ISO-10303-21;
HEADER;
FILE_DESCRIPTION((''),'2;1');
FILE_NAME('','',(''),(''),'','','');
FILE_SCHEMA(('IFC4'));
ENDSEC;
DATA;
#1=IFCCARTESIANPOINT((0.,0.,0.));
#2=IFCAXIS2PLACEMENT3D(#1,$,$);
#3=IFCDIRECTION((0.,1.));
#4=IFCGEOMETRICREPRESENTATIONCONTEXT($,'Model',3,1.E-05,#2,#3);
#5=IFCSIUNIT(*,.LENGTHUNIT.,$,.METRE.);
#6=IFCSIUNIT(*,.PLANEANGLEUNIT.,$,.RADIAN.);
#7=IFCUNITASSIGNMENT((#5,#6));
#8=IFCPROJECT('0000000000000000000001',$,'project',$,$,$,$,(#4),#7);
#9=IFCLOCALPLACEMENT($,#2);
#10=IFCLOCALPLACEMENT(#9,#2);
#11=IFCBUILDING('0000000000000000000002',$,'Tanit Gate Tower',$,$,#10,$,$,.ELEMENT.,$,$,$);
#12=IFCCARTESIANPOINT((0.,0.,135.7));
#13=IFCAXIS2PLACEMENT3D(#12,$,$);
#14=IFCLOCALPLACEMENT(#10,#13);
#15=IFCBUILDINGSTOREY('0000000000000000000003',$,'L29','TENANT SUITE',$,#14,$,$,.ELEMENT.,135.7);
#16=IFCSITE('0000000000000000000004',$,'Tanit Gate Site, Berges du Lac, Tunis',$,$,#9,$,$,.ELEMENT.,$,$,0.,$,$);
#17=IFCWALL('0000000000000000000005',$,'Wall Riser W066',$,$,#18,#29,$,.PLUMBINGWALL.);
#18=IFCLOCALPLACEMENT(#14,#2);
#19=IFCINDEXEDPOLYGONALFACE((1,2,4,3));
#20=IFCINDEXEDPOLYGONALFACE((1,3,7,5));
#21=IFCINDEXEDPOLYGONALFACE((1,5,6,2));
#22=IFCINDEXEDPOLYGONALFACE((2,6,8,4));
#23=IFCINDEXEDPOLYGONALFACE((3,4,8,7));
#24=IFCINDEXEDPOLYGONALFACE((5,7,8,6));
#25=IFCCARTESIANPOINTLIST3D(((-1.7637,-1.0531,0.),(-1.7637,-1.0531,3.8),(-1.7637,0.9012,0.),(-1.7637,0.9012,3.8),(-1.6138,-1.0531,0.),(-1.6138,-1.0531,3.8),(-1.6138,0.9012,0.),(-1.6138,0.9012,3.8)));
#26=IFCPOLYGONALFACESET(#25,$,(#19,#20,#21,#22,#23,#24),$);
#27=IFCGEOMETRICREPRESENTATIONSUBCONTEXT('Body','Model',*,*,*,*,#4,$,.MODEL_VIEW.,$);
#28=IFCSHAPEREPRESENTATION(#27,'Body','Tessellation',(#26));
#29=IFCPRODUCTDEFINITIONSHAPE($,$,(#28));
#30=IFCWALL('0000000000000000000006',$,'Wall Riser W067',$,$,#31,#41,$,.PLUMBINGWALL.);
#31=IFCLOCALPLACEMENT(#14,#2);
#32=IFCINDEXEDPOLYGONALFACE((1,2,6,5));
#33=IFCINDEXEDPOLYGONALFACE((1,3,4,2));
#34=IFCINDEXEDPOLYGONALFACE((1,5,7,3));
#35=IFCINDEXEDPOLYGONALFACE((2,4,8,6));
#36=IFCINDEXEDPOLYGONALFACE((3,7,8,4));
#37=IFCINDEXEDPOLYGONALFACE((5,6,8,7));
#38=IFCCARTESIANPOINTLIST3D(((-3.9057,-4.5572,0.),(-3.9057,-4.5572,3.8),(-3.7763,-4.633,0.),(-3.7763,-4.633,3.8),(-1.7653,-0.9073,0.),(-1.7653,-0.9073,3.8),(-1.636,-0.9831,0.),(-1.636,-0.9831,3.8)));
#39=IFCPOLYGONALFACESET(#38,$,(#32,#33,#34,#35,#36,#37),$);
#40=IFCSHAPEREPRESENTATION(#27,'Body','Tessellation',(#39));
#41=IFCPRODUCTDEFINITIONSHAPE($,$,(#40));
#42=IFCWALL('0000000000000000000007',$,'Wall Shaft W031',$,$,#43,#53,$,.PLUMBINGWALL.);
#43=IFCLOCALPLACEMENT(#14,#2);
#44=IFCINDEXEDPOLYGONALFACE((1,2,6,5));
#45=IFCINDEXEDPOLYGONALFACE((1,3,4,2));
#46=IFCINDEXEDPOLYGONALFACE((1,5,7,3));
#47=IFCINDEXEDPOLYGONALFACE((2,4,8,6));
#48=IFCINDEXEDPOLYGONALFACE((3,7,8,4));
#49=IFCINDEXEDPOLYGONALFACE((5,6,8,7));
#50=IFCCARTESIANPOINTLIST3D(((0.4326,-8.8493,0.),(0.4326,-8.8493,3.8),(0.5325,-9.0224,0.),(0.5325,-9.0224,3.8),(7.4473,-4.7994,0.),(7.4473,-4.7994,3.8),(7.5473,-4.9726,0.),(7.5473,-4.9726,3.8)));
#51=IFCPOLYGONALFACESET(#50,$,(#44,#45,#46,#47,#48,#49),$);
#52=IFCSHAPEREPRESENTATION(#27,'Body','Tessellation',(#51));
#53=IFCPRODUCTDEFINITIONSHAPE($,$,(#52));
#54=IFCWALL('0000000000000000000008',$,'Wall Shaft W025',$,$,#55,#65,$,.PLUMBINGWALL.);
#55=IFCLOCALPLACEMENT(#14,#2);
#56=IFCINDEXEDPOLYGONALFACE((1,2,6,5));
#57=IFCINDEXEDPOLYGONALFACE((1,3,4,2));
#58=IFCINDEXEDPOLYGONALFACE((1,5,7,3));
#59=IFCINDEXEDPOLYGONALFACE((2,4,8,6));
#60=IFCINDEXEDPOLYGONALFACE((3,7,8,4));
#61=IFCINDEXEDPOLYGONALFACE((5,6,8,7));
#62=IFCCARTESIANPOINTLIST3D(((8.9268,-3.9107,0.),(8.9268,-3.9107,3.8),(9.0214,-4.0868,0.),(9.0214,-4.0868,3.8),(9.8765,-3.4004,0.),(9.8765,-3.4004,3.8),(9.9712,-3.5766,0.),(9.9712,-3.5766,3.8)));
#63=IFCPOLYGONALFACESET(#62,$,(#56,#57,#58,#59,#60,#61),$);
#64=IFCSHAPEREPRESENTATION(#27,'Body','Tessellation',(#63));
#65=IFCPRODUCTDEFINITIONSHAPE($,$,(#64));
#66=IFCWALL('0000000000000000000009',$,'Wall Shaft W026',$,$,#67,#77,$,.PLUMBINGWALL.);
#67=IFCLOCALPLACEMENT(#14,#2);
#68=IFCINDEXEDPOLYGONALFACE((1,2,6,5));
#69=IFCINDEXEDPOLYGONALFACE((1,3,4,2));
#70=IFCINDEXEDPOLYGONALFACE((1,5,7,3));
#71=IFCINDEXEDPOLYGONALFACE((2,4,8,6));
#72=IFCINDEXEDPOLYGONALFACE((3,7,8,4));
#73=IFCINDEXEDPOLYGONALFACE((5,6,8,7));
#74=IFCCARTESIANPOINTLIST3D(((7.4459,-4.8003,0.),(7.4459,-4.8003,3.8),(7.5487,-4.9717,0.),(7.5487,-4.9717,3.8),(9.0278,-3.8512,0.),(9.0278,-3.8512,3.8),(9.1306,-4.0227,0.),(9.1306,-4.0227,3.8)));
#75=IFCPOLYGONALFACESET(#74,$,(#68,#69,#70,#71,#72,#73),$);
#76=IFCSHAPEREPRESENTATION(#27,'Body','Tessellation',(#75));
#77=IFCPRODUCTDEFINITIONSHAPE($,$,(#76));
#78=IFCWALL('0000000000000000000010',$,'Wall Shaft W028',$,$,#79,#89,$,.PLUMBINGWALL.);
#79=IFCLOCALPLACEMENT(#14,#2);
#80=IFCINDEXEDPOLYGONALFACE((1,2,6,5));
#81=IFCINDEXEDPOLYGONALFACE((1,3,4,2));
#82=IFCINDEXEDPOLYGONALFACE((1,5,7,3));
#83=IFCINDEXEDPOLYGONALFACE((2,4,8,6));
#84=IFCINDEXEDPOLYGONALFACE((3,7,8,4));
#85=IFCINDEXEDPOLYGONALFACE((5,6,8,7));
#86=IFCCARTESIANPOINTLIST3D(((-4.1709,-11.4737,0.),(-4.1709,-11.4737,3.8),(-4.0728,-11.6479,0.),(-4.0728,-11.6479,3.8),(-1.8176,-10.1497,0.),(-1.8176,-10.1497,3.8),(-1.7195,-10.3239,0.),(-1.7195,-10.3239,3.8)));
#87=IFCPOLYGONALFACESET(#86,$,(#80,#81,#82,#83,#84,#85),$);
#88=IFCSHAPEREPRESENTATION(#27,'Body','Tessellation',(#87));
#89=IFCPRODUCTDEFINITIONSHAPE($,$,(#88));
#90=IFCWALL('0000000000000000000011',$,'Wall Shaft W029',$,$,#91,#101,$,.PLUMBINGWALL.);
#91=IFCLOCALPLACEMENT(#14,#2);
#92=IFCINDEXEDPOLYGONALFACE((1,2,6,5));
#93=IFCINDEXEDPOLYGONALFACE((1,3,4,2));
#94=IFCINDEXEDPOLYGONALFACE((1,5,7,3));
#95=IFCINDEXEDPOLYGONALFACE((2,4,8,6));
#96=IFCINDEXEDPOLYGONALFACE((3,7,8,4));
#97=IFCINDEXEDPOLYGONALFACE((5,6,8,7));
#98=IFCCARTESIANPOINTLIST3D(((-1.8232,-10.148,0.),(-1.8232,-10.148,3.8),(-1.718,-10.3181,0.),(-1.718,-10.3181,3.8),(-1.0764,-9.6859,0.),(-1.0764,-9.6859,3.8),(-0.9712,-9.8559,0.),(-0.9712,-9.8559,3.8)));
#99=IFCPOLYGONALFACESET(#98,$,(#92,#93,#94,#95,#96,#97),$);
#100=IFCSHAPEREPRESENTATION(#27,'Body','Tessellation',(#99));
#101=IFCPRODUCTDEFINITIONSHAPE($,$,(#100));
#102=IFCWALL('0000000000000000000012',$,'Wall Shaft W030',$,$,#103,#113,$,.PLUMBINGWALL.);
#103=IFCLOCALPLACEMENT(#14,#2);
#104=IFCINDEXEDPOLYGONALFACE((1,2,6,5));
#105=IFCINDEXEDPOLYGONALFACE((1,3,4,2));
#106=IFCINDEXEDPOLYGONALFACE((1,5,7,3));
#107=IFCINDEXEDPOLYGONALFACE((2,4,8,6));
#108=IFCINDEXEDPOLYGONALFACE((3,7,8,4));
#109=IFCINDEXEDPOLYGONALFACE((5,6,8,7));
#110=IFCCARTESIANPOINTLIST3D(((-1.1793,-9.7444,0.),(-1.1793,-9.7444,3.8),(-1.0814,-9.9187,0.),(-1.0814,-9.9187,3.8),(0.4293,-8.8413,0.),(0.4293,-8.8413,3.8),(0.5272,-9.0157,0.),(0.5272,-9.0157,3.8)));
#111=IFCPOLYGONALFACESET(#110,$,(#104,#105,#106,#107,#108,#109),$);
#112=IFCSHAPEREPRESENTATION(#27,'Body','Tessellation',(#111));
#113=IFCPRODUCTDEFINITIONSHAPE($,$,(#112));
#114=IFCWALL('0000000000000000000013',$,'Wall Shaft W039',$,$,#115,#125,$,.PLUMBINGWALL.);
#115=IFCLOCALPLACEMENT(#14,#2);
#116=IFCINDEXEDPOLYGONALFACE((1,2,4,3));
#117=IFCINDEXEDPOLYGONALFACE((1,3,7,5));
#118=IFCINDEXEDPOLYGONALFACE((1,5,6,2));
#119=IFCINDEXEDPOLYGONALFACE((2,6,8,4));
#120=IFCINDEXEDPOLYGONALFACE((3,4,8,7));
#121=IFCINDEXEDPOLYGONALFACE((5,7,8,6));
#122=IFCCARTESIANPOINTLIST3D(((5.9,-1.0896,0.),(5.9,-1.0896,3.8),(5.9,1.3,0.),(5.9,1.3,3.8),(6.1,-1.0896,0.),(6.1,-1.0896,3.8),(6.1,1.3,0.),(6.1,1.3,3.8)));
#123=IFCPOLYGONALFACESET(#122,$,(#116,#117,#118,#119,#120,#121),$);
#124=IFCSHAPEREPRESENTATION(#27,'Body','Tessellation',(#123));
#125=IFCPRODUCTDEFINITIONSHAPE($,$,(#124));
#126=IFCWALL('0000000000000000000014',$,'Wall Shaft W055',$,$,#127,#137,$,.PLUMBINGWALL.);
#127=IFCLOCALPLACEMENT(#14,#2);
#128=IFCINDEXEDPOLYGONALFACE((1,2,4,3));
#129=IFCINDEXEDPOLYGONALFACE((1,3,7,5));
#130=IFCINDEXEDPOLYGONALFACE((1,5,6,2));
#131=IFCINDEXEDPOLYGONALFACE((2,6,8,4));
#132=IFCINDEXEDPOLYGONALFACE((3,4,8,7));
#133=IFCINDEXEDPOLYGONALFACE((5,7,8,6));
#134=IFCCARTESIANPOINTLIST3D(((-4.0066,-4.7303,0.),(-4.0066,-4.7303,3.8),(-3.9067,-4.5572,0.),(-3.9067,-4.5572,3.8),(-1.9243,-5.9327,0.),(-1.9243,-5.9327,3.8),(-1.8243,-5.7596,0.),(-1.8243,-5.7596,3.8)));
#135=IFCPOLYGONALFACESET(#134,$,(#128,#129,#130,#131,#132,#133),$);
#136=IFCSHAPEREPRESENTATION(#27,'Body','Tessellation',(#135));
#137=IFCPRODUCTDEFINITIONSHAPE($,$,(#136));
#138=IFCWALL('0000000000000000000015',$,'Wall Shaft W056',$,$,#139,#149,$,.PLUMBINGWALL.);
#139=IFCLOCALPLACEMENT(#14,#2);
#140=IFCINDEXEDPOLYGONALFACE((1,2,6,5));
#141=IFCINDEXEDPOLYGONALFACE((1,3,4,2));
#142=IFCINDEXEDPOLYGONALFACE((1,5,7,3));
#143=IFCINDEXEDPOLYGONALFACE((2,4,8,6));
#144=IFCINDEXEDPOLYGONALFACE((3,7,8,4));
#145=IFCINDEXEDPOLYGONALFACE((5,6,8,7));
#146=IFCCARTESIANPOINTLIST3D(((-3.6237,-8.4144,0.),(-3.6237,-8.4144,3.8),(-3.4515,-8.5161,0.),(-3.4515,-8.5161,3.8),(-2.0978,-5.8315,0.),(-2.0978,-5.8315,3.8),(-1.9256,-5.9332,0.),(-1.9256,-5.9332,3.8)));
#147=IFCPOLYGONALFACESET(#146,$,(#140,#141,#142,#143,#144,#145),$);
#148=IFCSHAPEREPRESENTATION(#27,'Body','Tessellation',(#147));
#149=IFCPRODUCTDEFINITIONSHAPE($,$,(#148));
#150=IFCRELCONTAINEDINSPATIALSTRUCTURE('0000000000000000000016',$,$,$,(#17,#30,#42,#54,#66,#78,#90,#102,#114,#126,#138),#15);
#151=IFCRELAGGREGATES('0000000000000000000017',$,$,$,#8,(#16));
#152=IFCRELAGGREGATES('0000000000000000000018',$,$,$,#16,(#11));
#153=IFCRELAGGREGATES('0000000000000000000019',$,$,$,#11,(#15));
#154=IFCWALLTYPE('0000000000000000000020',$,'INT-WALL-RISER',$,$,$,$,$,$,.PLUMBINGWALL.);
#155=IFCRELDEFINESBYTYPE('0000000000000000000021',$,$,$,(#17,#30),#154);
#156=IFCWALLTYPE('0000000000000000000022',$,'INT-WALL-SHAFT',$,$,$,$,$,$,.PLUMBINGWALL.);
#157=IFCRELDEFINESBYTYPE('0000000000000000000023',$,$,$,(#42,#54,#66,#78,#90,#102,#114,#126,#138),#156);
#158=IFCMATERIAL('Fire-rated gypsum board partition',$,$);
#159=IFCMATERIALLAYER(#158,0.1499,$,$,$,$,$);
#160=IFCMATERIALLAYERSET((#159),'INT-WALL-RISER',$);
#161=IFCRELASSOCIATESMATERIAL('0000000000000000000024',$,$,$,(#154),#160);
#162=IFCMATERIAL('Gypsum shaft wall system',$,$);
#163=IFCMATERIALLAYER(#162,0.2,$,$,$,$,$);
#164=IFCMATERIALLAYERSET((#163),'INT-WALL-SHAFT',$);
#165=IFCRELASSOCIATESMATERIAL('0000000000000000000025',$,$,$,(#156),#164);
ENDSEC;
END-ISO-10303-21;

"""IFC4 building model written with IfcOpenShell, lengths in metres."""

from ifc_helpers import new_model, si_unit, direction, frame, frame_2d, origin, place, context, subcontext, project, spatial, rectangle, extrude, material, layer, layer_set, type_object, element, save


model = new_model("IFC4")

# Units and contexts
model_context = context("Model", 3, precision=1e-05, world=origin(), true_north=direction((0.0, 1.0)))
body_context = subcontext(model_context, "Body", "Model", "MODEL_VIEW")
ifc_project = project(units=[si_unit("LENGTHUNIT", "METRE"), si_unit("PLANEANGLEUNIT", "RADIAN")], contexts=[model_context])

# Site, building, storey
site_placement = place(None, origin())
site = spatial("IfcSite", under=ifc_project, at=site_placement, Name="Tanit Gate Site, Berges du Lac, Tunis", CompositionType="ELEMENT", RefElevation=0.0)
building_placement = place(site_placement, origin())
building = spatial("IfcBuilding", under=site, at=building_placement, Name="Tanit Gate Tower", CompositionType="ELEMENT")
storey_placement = place(building_placement, frame((0.0, 0.0, 135.7)))
storey = spatial("IfcBuildingStorey", under=building, at=storey_placement, Name="L29", Description="TENANT SUITE", CompositionType="ELEMENT", Elevation=135.7)

# Walls
ifc_material_1 = material(Name="Fire-rated gypsum board partition")
ifc_layer_1 = layer(ifc_material_1, 0.1499)
ifc_layer_set_1 = layer_set([ifc_layer_1], Name="INT-WALL-RISER")
wall_type_1 = type_object("IfcWallType", Name="INT-WALL-RISER", PredefinedType="PLUMBINGWALL", material=ifc_layer_set_1)
wall_1_placement = place(storey_placement, frame((-1.6887, -1.053, 0.0), z_axis=(0.0, 0.0, 1.0), x_axis=(0.0, 1.0, 0.0)))
element("IfcWall", 1, at=wall_1_placement, inside=storey, type_object=wall_type_1, Name="Wall Riser W066", PredefinedType="PLUMBINGWALL", context=body_context, shape_type="SweptSolid", body=[
    extrude(rectangle(XDim=1.9543, YDim=0.1499, at=frame_2d((0.9771, 0.0))), origin(), (0.0, 0.0, 1.0), 3.8),
])
wall_2_placement = place(storey_placement, frame((-3.8411, -4.5952, 0.0), z_axis=(0.0, 0.0, 1.0), x_axis=(0.505857, 0.862617, 0.0)))
element("IfcWall", 2, at=wall_2_placement, inside=storey, type_object=wall_type_1, Name="Wall Riser W067", PredefinedType="PLUMBINGWALL", context=body_context, shape_type="SweptSolid", body=[
    extrude(rectangle(XDim=4.2312, YDim=0.1499, at=frame_2d((2.1157, 0.0))), origin(), (0.0, 0.0, 1.0), 3.8),
])
ifc_material_2 = material(Name="Gypsum shaft wall system")
ifc_layer_2 = layer(ifc_material_2, 0.2)
ifc_layer_set_2 = layer_set([ifc_layer_2], Name="INT-WALL-SHAFT")
wall_type_2 = type_object("IfcWallType", Name="INT-WALL-SHAFT", PredefinedType="PLUMBINGWALL", material=ifc_layer_set_2)
wall_3_placement = place(storey_placement, frame((0.4827, -8.9358, 0.0), z_axis=(0.0, 0.0, 1.0), x_axis=(0.866031, 0.49999, 0.0)))
element("IfcWall", 3, at=wall_3_placement, inside=storey, type_object=wall_type_2, Name="Wall Shaft W031", PredefinedType="PLUMBINGWALL", context=body_context, shape_type="SweptSolid", body=[
    extrude(rectangle(XDim=8.0999, YDim=0.2, at=frame_2d((4.0498, 0.0))), origin(), (0.0, 0.0, 1.0), 3.8),
])
wall_4_placement = place(storey_placement, frame((8.9741, -3.9988, 0.0), z_axis=(0.0, 0.0, 1.0), x_axis=(0.880907, 0.473289, 0.0)))
element("IfcWall", 4, at=wall_4_placement, inside=storey, type_object=wall_type_2, Name="Wall Shaft W025", PredefinedType="PLUMBINGWALL", context=body_context, shape_type="SweptSolid", body=[
    extrude(rectangle(XDim=1.0781, YDim=0.2, at=frame_2d((0.5391, 0.0))), origin(), (0.0, 0.0, 1.0), 3.8),
])
wall_5_placement = place(storey_placement, frame((7.4973, -4.886, 0.0), z_axis=(0.0, 0.0, 1.0), x_axis=(0.857516, 0.514457, 0.0)))
element("IfcWall", 5, at=wall_5_placement, inside=storey, type_object=wall_type_2, Name="Wall Shaft W026", PredefinedType="PLUMBINGWALL", context=body_context, shape_type="SweptSolid", body=[
    extrude(rectangle(XDim=1.8447, YDim=0.2, at=frame_2d((0.9224, 0.0))), origin(), (0.0, 0.0, 1.0), 3.8),
])
wall_6_placement = place(storey_placement, frame((-1.7686, -10.2368, 0.0), z_axis=(0.0, 0.0, 1.0), x_axis=(-0.871534, -0.490334, 0.0)))
element("IfcWall", 6, at=wall_6_placement, inside=storey, type_object=wall_type_2, Name="Wall Shaft W028", PredefinedType="PLUMBINGWALL", context=body_context, shape_type="SweptSolid", body=[
    extrude(rectangle(XDim=2.7002, YDim=0.2, at=frame_2d((1.3501, 0.0))), origin(), (0.0, 0.0, 1.0), 3.8),
])
wall_7_placement = place(storey_placement, frame((-1.0239, -9.771, 0.0), z_axis=(0.0, 0.0, 1.0), x_axis=(-0.850348, -0.526221, 0.0)))
element("IfcWall", 7, at=wall_7_placement, inside=storey, type_object=wall_type_2, Name="Wall Shaft W029", PredefinedType="PLUMBINGWALL", context=body_context, shape_type="SweptSolid", body=[
    extrude(rectangle(XDim=0.8782, YDim=0.2, at=frame_2d((0.439, 0.0))), origin(), (0.0, 0.0, 1.0), 3.8),
])
wall_8_placement = place(storey_placement, frame((-1.1304, -9.8315, 0.0), z_axis=(0.0, 0.0, 1.0), x_axis=(0.871989, 0.489526, 0.0)))
element("IfcWall", 8, at=wall_8_placement, inside=storey, type_object=wall_type_2, Name="Wall Shaft W030", PredefinedType="PLUMBINGWALL", context=body_context, shape_type="SweptSolid", body=[
    extrude(rectangle(XDim=1.8447, YDim=0.2, at=frame_2d((0.9224, 0.0))), origin(), (0.0, 0.0, 1.0), 3.8),
])
wall_9_placement = place(storey_placement, frame((6.0, -1.0896, 0.0), z_axis=(0.0, 0.0, 1.0), x_axis=(0.0, 1.0, 0.0)))
element("IfcWall", 9, at=wall_9_placement, inside=storey, type_object=wall_type_2, Name="Wall Shaft W039", PredefinedType="PLUMBINGWALL", context=body_context, shape_type="SweptSolid", body=[
    extrude(rectangle(XDim=2.3896, YDim=0.2, at=frame_2d((1.1948, 0.0))), origin(), (0.0, 0.0, 1.0), 3.8),
])

# Walls
wall_10_placement = place(storey_placement, frame((-3.9565, -4.6438, 0.0), z_axis=(0.0, 0.0, 1.0), x_axis=(0.865991, -0.500059, 0.0)))
element("IfcWall", 10, at=wall_10_placement, inside=storey, type_object=wall_type_2, Name="Wall Shaft W055", PredefinedType="PLUMBINGWALL", context=body_context, shape_type="SweptSolid", body=[
    extrude(rectangle(XDim=2.4045, YDim=0.2, at=frame_2d((1.2021, 0.0))), origin(), (0.0, 0.0, 1.0), 3.8),
])
wall_11_placement = place(storey_placement, frame((-2.0117, -5.8823, 0.0), z_axis=(0.0, 0.0, 1.0), x_axis=(-0.50862, -0.860991, 0.0)))
element("IfcWall", 11, at=wall_11_placement, inside=storey, type_object=wall_type_2, Name="Wall Shaft W056", PredefinedType="PLUMBINGWALL", context=body_context, shape_type="SweptSolid", body=[
    extrude(rectangle(XDim=3.0, YDim=0.2, at=frame_2d((1.5, 0.0))), origin(), (0.0, 0.0, 1.0), 3.8),
])

save(model, "model.ifc")
